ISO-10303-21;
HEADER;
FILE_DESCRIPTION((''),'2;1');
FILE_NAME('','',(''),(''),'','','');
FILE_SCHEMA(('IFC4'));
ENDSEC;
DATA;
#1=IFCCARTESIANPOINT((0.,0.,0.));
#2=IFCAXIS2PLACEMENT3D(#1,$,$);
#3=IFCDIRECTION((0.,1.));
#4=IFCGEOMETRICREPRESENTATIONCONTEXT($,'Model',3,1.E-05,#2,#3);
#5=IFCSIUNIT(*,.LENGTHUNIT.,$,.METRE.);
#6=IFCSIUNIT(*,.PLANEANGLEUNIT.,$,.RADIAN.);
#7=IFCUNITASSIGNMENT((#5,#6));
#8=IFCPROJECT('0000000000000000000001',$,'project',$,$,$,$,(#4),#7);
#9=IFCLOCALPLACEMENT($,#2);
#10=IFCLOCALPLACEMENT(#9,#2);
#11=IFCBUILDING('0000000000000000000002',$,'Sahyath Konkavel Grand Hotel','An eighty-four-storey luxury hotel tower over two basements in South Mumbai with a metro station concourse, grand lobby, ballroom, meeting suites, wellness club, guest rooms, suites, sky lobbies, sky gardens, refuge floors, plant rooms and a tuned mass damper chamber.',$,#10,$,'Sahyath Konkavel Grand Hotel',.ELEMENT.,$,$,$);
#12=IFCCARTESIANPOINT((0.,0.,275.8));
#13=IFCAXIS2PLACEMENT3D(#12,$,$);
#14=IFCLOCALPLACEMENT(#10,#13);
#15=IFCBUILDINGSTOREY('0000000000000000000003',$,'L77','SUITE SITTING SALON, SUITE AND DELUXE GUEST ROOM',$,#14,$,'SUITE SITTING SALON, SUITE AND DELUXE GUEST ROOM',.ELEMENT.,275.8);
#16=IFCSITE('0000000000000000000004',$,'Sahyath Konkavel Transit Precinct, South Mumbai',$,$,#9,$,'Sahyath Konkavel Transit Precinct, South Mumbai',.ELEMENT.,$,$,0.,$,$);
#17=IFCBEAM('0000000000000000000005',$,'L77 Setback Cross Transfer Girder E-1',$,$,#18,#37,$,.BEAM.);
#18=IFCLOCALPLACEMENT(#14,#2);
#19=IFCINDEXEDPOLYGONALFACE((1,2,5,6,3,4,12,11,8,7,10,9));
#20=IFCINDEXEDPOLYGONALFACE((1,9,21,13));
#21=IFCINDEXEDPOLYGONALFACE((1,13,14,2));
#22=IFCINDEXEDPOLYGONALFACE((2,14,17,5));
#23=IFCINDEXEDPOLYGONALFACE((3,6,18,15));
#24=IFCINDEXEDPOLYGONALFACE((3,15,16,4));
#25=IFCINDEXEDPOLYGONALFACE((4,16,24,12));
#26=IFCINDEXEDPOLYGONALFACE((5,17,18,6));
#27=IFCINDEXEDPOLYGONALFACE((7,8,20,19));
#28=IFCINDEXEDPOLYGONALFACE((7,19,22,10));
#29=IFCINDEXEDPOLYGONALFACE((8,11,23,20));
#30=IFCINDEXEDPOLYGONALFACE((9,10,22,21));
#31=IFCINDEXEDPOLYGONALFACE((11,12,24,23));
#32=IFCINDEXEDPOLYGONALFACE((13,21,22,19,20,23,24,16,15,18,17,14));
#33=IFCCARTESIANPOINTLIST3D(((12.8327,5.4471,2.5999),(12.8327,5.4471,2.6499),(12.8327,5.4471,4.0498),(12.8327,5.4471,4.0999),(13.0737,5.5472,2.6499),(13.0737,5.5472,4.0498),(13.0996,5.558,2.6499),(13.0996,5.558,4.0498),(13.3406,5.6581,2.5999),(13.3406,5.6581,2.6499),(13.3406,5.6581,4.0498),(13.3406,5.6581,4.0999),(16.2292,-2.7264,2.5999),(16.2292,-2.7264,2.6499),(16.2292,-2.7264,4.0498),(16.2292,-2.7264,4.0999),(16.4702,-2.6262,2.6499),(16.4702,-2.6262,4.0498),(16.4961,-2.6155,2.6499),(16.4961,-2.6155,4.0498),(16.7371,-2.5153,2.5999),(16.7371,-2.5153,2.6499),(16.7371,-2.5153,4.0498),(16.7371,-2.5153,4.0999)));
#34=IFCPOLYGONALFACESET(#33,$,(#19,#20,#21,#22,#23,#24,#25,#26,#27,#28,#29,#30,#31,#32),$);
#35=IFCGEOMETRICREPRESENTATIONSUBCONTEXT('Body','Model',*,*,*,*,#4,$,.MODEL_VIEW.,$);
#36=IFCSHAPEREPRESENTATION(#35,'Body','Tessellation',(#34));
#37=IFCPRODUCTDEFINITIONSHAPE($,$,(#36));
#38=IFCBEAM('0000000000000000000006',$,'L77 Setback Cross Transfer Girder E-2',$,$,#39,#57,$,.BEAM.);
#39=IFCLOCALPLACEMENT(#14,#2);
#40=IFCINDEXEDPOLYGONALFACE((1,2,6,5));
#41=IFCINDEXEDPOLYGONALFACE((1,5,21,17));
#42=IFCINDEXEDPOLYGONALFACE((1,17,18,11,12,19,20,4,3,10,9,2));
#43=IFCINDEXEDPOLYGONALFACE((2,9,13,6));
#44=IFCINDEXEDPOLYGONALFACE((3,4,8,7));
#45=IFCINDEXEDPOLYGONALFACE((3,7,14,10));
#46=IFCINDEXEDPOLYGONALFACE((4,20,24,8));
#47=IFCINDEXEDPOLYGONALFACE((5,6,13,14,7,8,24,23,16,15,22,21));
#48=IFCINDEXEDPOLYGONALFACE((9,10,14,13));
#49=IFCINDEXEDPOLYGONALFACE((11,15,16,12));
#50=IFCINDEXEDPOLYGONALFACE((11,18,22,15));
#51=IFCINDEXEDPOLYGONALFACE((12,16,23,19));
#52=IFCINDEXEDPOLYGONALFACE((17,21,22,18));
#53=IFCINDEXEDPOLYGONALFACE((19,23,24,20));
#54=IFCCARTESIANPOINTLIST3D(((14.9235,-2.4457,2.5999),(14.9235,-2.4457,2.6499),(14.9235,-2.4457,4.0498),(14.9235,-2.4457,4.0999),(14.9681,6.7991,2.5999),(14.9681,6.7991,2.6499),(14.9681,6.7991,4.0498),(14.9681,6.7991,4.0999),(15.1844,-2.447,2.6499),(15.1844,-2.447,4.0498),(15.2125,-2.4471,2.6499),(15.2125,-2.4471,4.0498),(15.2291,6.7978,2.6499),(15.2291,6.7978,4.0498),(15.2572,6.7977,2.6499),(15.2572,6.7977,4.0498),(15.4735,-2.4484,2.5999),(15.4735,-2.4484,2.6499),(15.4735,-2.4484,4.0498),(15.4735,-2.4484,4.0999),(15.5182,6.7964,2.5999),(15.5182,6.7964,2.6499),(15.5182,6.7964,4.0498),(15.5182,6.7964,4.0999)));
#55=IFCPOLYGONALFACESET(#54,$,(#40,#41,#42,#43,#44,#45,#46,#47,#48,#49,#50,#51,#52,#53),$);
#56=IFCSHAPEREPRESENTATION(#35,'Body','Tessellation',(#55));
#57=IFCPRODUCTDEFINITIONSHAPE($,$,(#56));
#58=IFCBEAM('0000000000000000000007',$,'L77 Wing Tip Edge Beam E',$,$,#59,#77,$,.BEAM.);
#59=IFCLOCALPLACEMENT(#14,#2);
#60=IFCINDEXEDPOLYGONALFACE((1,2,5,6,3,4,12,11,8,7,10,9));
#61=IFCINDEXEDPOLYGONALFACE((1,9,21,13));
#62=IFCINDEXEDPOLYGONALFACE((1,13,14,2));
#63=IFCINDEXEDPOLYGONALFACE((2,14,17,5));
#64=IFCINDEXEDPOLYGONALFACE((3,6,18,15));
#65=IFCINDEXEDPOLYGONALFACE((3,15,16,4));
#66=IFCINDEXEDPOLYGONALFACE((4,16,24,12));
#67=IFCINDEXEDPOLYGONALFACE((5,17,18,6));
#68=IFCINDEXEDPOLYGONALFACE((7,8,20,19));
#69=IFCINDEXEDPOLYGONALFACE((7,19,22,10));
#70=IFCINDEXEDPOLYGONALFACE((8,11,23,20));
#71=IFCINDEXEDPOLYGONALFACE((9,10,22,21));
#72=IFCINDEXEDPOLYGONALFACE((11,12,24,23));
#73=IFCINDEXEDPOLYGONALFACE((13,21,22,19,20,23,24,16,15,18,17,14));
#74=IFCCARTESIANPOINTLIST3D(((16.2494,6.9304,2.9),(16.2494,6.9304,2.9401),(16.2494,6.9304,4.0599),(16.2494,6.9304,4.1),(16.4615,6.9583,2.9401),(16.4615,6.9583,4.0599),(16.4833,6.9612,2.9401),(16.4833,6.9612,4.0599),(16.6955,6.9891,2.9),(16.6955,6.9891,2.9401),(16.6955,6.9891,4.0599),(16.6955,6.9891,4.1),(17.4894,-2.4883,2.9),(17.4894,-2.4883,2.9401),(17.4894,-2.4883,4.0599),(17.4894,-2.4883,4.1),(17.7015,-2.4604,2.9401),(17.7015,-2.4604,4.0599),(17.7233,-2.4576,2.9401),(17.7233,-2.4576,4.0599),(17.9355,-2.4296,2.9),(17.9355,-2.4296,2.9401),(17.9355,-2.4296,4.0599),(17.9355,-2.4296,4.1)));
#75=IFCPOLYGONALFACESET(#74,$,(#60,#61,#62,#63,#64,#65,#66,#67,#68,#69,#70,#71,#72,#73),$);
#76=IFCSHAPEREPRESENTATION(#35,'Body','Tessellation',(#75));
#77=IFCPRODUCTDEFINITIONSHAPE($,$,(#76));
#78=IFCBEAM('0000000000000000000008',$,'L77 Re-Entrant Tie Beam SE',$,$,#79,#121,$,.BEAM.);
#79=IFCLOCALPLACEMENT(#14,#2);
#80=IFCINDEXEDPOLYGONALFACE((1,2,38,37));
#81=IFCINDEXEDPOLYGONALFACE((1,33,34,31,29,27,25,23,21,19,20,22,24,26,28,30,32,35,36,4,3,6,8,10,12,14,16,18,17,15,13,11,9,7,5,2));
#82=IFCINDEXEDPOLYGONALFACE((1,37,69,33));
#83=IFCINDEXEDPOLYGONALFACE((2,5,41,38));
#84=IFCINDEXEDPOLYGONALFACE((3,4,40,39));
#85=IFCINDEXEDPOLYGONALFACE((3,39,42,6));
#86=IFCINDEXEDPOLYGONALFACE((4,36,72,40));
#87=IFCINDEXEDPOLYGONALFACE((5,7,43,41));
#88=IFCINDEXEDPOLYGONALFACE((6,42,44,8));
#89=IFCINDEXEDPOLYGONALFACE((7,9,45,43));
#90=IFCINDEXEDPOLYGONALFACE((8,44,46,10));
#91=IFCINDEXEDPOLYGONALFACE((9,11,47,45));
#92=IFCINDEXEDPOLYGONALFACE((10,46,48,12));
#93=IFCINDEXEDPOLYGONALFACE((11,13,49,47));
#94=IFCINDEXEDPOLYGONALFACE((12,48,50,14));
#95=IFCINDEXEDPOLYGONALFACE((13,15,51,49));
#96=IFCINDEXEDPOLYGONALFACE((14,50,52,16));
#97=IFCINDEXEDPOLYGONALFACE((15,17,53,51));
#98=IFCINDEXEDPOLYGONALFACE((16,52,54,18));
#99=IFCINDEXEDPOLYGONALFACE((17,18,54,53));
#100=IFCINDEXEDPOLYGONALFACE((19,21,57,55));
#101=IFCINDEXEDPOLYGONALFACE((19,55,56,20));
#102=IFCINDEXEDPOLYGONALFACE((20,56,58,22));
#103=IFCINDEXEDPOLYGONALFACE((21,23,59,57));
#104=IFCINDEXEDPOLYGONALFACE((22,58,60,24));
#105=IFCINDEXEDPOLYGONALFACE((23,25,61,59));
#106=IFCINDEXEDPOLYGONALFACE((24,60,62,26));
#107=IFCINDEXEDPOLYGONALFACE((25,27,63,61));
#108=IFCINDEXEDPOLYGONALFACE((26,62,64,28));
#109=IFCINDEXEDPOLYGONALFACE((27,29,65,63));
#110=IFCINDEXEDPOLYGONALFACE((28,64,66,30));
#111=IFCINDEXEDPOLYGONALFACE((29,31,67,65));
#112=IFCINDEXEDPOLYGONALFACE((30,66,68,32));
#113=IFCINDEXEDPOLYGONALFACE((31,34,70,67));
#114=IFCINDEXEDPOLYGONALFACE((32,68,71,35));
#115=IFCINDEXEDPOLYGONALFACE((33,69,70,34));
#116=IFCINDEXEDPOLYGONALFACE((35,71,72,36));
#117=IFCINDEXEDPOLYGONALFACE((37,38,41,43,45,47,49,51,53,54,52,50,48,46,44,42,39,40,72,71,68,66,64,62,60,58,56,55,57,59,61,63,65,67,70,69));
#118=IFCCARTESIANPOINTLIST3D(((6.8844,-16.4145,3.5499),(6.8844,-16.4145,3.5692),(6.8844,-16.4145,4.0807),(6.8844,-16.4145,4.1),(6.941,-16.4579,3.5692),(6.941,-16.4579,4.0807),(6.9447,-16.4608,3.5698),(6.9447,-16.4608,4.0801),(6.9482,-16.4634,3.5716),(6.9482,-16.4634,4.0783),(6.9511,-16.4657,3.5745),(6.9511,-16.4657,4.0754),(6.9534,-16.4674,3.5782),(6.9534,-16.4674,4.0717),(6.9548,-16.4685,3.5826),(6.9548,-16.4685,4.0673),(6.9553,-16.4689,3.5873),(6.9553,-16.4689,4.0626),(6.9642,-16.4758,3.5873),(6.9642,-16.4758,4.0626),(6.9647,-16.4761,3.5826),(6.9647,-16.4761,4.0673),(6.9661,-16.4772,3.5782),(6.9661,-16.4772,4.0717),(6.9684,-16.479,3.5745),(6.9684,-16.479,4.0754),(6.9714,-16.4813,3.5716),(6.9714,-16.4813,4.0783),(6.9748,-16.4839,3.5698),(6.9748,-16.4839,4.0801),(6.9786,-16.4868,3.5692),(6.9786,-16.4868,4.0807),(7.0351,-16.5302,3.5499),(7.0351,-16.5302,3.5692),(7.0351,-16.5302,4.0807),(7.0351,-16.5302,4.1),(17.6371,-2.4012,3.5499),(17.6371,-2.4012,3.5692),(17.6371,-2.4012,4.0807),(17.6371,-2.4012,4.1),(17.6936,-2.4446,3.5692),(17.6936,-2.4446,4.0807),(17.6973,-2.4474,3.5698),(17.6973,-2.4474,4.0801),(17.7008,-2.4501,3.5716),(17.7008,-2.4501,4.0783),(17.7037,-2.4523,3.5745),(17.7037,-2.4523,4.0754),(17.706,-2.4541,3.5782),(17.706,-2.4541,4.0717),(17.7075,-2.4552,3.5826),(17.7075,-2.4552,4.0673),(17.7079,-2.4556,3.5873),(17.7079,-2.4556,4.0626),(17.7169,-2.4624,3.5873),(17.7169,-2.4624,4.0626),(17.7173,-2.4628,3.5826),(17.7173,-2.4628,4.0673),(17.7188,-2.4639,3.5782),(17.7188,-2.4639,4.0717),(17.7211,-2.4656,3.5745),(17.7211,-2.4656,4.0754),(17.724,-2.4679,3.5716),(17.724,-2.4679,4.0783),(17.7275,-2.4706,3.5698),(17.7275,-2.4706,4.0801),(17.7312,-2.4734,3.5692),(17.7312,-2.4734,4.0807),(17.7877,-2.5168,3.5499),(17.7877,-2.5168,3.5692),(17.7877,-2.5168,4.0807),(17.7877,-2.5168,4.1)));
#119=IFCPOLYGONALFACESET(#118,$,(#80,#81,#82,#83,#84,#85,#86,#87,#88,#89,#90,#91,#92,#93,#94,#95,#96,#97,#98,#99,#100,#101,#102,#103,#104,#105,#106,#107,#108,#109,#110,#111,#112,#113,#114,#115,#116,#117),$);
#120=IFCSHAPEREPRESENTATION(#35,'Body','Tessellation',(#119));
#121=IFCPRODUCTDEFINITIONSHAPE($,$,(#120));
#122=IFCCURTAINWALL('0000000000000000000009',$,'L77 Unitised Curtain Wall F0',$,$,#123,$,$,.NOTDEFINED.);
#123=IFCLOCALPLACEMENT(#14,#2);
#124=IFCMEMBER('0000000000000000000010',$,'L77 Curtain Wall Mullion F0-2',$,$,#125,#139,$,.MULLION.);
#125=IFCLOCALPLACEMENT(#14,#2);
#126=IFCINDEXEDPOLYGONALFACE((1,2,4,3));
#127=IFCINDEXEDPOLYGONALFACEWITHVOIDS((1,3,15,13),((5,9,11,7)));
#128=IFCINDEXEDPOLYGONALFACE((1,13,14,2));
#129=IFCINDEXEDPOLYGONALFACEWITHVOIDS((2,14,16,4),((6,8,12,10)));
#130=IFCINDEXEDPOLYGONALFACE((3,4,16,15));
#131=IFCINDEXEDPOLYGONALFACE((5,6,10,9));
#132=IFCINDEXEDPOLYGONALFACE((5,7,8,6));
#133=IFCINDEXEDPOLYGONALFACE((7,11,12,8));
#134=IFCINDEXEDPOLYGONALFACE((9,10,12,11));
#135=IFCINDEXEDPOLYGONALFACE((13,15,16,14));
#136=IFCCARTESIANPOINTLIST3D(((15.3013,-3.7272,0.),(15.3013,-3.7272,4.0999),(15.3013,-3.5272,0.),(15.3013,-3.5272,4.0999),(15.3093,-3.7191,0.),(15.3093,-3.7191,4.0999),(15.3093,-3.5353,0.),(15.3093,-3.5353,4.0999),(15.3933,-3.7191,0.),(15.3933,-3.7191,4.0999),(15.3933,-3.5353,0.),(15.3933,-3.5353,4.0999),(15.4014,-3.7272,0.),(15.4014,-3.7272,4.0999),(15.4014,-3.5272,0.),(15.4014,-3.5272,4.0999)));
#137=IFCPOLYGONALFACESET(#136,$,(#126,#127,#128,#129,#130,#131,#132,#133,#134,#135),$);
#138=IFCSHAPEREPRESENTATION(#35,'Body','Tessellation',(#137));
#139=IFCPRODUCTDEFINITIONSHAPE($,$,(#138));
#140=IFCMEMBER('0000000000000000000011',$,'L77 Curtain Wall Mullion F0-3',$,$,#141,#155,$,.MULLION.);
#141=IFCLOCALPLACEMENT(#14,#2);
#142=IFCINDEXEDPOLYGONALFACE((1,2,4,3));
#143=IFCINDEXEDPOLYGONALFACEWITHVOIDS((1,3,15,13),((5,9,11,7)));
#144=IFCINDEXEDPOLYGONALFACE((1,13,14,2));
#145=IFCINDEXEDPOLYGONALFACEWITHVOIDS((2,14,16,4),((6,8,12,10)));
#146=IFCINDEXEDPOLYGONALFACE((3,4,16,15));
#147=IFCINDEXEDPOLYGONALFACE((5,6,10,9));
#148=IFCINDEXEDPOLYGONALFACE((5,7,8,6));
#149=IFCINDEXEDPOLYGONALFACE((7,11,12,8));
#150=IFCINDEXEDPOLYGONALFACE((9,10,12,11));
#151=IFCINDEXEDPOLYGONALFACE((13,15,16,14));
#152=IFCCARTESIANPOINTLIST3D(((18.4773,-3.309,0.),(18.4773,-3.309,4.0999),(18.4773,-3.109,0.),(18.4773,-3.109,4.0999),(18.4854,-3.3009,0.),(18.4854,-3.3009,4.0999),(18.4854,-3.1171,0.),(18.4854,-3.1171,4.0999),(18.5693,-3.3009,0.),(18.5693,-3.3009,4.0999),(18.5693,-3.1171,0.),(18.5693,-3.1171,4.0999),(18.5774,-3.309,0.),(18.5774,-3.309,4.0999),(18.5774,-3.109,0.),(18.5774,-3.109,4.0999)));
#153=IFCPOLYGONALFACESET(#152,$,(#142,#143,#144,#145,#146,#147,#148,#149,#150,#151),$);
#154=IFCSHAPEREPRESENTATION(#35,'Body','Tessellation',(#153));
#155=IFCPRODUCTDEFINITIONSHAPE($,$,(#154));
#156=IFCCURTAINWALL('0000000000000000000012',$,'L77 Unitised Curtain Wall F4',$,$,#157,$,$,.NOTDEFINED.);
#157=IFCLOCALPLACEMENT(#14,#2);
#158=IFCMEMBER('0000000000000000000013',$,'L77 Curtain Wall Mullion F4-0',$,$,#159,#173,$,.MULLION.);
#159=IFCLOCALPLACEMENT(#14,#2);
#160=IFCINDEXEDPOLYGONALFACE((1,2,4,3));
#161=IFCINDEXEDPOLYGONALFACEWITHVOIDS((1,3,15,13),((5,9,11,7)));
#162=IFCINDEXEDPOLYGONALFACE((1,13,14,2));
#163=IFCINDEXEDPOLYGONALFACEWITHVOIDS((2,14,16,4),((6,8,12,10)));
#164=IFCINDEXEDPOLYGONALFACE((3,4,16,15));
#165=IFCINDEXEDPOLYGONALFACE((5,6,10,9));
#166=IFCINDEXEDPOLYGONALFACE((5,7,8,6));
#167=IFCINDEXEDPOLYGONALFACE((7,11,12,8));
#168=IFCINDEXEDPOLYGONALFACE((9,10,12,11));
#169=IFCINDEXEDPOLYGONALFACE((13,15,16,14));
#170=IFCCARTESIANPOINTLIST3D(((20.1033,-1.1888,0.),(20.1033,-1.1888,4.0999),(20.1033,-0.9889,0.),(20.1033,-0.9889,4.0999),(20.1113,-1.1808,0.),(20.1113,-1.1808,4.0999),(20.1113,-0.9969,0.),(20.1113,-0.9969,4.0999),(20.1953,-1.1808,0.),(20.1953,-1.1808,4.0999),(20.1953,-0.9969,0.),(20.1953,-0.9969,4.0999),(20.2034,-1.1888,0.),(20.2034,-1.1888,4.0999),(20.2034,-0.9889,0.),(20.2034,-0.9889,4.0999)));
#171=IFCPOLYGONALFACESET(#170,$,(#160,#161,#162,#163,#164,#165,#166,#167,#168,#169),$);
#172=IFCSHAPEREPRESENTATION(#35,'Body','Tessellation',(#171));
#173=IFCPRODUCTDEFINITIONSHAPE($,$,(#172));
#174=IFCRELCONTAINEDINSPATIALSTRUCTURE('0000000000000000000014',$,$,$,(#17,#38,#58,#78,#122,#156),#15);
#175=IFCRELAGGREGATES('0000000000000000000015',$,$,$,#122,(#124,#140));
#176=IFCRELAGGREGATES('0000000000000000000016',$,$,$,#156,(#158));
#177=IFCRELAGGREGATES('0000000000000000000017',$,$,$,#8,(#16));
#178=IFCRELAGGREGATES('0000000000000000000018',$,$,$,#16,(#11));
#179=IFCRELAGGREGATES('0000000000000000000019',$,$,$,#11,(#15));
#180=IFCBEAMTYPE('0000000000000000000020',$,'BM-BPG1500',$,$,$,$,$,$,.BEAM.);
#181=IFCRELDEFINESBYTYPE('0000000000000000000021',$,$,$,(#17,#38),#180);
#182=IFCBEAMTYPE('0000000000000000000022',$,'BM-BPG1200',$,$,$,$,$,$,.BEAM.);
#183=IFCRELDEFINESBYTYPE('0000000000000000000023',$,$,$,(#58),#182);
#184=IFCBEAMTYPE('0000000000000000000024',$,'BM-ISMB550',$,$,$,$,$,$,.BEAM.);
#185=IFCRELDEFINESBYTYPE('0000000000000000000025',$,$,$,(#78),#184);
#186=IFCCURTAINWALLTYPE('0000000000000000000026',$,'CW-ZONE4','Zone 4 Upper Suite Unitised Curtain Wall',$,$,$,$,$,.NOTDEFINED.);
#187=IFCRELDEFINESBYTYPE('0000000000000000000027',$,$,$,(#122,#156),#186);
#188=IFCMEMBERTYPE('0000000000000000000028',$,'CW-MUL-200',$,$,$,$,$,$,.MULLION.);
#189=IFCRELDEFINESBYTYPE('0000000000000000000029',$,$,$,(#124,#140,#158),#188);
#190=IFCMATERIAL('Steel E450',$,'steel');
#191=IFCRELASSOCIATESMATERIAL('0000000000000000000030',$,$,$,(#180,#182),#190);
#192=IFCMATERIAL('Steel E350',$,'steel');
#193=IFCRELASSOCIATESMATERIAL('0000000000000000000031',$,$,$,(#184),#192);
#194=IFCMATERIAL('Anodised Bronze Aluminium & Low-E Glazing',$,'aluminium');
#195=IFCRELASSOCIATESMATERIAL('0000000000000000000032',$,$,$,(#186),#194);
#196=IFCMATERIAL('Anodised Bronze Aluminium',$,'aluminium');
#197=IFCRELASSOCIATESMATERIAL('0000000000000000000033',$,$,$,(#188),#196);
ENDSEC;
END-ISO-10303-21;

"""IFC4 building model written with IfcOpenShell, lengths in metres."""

from ifc_helpers import new_model, si_unit, direction, frame, origin, origin_2d, place, context, subcontext, project, spatial, hollow_rectangle, i_section, extrude, source, transform, mapped, material, material_profile, profile_set, type_object, element, aggregate, save


model = new_model("IFC4")

# Units and contexts
model_context = context("Model", 3, precision=1e-05, world=origin(), true_north=direction((0.0, 1.0)))
body_context = subcontext(model_context, "Body", "Model", "MODEL_VIEW")
ifc_project = project(units=[si_unit("LENGTHUNIT", "METRE"), si_unit("PLANEANGLEUNIT", "RADIAN")], contexts=[model_context])

# Site, building, storey
site_placement = place(None, origin())
site = spatial("IfcSite", under=ifc_project, at=site_placement, Name="Sahyath Konkavel Transit Precinct, South Mumbai", LongName="Sahyath Konkavel Transit Precinct, South Mumbai", CompositionType="ELEMENT", RefElevation=0.0)
building_placement = place(site_placement, origin())
building = spatial("IfcBuilding", under=site, at=building_placement, Name="Sahyath Konkavel Grand Hotel", Description="An eighty-four-storey luxury hotel tower over two basements in South Mumbai with a metro station concourse, grand lobby, ballroom, meeting suites, wellness club, guest rooms, suites, sky lobbies, sky gardens, refuge floors, plant rooms and a tuned mass damper chamber.", LongName="Sahyath Konkavel Grand Hotel", CompositionType="ELEMENT")
storey_placement = place(building_placement, frame((0.0, 0.0, 275.8)))
storey = spatial("IfcBuildingStorey", under=building, at=storey_placement, Name="L77", Description="SUITE SITTING SALON, SUITE AND DELUXE GUEST ROOM", LongName="SUITE SITTING SALON, SUITE AND DELUXE GUEST ROOM", CompositionType="ELEMENT", Elevation=275.8)

# Beams
ifc_material_1 = material(Name="Steel E350", Category="steel")
ifc_material_2 = material(Name="Steel E450", Category="steel")
ifc_material_profile_1 = material_profile(ifc_material_2, i_section(OverallWidth=0.55, OverallDepth=1.5, WebThickness=0.0281, FlangeThickness=0.05, at=origin_2d()), Name="BPG 1500x550")
ifc_profile_set_1 = profile_set([ifc_material_profile_1], Name="Steel E450")
beam_type_1 = type_object("IfcBeamType", Name="BM-BPG1500", PredefinedType="BEAM", material=ifc_profile_set_1)
shared_shape_1 = source(origin(), body_context, "Body", "SweptSolid", [
    extrude(i_section(OverallWidth=0.55, OverallDepth=1.5, WebThickness=0.0281, FlangeThickness=0.05, at=origin_2d()), origin(), (0.0, 0.0, 1.0), 8.8511),
])
beam_1_placement = place(storey_placement, frame((16.4832, -2.6208, 3.3499), z_axis=(-0.383742, 0.92344, 0.0), x_axis=(-0.92344, -0.383742, 0.0)))
element("IfcBeam", 1, at=beam_1_placement, inside=storey, type_object=beam_type_1, Name="L77 Setback Cross Transfer Girder E-1", PredefinedType="BEAM", context=body_context, shape_type="MappedRepresentation", body=[
    mapped(shared_shape_1, transform((0.0, 0.0, 0.0), scale=1.0)),
])
shared_shape_2 = source(origin(), body_context, "Body", "SweptSolid", [
    extrude(i_section(OverallWidth=0.55, OverallDepth=1.5, WebThickness=0.0281, FlangeThickness=0.05, at=origin_2d()), origin(), (0.0, 0.0, 1.0), 9.2449),
])
beam_2_placement = place(storey_placement, frame((15.1985, -2.447, 3.3499), z_axis=(0.004833, 0.999988, 0.0), x_axis=(-0.999988, 0.004833, 0.0)))
element("IfcBeam", 2, at=beam_2_placement, inside=storey, type_object=beam_type_1, Name="L77 Setback Cross Transfer Girder E-2", PredefinedType="BEAM", context=body_context, shape_type="MappedRepresentation", body=[
    mapped(shared_shape_2, transform((0.0, 0.0, 0.0), scale=1.0)),
])
ifc_material_profile_2 = material_profile(ifc_material_2, i_section(OverallWidth=0.45, OverallDepth=1.2, WebThickness=0.022, FlangeThickness=0.04, at=origin_2d()), Name="BPG 1200x450")
ifc_profile_set_2 = profile_set([ifc_material_profile_2], Name="Steel E450")
beam_type_2 = type_object("IfcBeamType", Name="BM-BPG1200", PredefinedType="BEAM", material=ifc_profile_set_2)
shared_shape_3 = source(origin(), body_context, "Body", "SweptSolid", [
    extrude(i_section(OverallWidth=0.45, OverallDepth=1.2, WebThickness=0.022, FlangeThickness=0.04, at=origin_2d()), origin(), (0.0, 0.0, 1.0), 9.5),
])
beam_3_placement = place(storey_placement, frame((17.7124, -2.459, 3.5), z_axis=(-0.130526, 0.991445, 0.0), x_axis=(-0.991445, -0.130526, 0.0)))
element("IfcBeam", 3, at=beam_3_placement, inside=storey, type_object=beam_type_2, Name="L77 Wing Tip Edge Beam E", PredefinedType="BEAM", context=body_context, shape_type="MappedRepresentation", body=[
    mapped(shared_shape_3, transform((0.0, 0.0, 0.0), scale=1.0)),
])
ifc_material_profile_3 = material_profile(ifc_material_1, i_section(OverallWidth=0.1899, OverallDepth=0.55, WebThickness=0.0112, FlangeThickness=0.0193, FilletRadius=0.0181, at=origin_2d()), Name="ISMB 550")
ifc_profile_set_3 = profile_set([ifc_material_profile_3], Name="Steel E350")
beam_type_3 = type_object("IfcBeamType", Name="BM-ISMB550", PredefinedType="BEAM", material=ifc_profile_set_3)
shared_shape_4 = source(origin(), body_context, "Body", "SweptSolid", [
    extrude(i_section(OverallWidth=0.1899, OverallDepth=0.55, WebThickness=0.0112, FlangeThickness=0.0193, FilletRadius=0.0181, at=origin_2d()), origin(), (0.0, 0.0, 1.0), 17.6633),
])
beam_4_placement = place(storey_placement, frame((17.7124, -2.459, 3.825), z_axis=(-0.608754, -0.793359, 0.0), x_axis=(0.793359, -0.608754, 0.0)))
element("IfcBeam", 4, at=beam_4_placement, inside=storey, type_object=beam_type_3, Name="L77 Re-Entrant Tie Beam SE", PredefinedType="BEAM", context=body_context, shape_type="MappedRepresentation", body=[
    mapped(shared_shape_4, transform((0.0, 0.0, 0.0), scale=1.0)),
])

# Curtain wall, members
ifc_material_3 = material(Name="Anodised Bronze Aluminium & Low-E Glazing", Category="aluminium")
curtain_wall_type = type_object("IfcCurtainWallType", Name="CW-ZONE4", Description="Zone 4 Upper Suite Unitised Curtain Wall", PredefinedType="NOTDEFINED", material=ifc_material_3)
curtain_wall_1_placement = place(storey_placement, origin())
curtain_wall_1 = element("IfcCurtainWall", 5, at=curtain_wall_1_placement, inside=storey, type_object=curtain_wall_type, Name="L77 Unitised Curtain Wall F0", PredefinedType="NOTDEFINED")
ifc_material_4 = material(Name="Anodised Bronze Aluminium", Category="aluminium")
ifc_material_profile_4 = material_profile(ifc_material_4, hollow_rectangle(XDim=0.1001, YDim=0.2, WallThickness=0.0081, at=origin_2d()), Name="RHS 200x100x8")
ifc_profile_set_4 = profile_set([ifc_material_profile_4], Name="Anodised Bronze Aluminium")
member_type_1 = type_object("IfcMemberType", Name="CW-MUL-200", PredefinedType="MULLION", material=ifc_profile_set_4)
shared_shape_5 = source(origin(), body_context, "Body", "SweptSolid", [
    extrude(hollow_rectangle(XDim=0.1001, YDim=0.2, WallThickness=0.0081, at=origin_2d()), origin(), (0.0, 0.0, 1.0), 4.0999),
])
member_1_placement = place(storey_placement, frame((15.3513, -3.6272, 0.0), z_axis=(0.0, 0.0, 1.0), x_axis=(1.0, 0.0, 0.0)))
member_1 = element("IfcMember", 6, at=member_1_placement, type_object=member_type_1, Name="L77 Curtain Wall Mullion F0-2", PredefinedType="MULLION", context=body_context, shape_type="MappedRepresentation", body=[
    mapped(shared_shape_5, transform((0.0, 0.0, 0.0), scale=1.0)),
])
member_2_placement = place(storey_placement, frame((18.5273, -3.209, 0.0), z_axis=(0.0, 0.0, 1.0), x_axis=(1.0, 0.0, 0.0)))
member_2 = element("IfcMember", 7, at=member_2_placement, type_object=member_type_1, Name="L77 Curtain Wall Mullion F0-3", PredefinedType="MULLION", context=body_context, shape_type="MappedRepresentation", body=[
    mapped(shared_shape_5, transform((0.0, 0.0, 0.0), scale=1.0)),
])

# Curtain wall, member
curtain_wall_2_placement = place(storey_placement, origin())
curtain_wall_2 = element("IfcCurtainWall", 8, at=curtain_wall_2_placement, inside=storey, type_object=curtain_wall_type, Name="L77 Unitised Curtain Wall F4", PredefinedType="NOTDEFINED")
member_3_placement = place(storey_placement, frame((20.1533, -1.0889, 0.0), z_axis=(0.0, 0.0, 1.0), x_axis=(1.0, 0.0, 0.0)))
member_3 = element("IfcMember", 9, at=member_3_placement, type_object=member_type_1, Name="L77 Curtain Wall Mullion F4-0", PredefinedType="MULLION", context=body_context, shape_type="MappedRepresentation", body=[
    mapped(shared_shape_5, transform((0.0, 0.0, 0.0), scale=1.0)),
])

aggregate(curtain_wall_1, [member_1, member_2])
aggregate(curtain_wall_2, [member_3])

save(model, "model.ifc")
